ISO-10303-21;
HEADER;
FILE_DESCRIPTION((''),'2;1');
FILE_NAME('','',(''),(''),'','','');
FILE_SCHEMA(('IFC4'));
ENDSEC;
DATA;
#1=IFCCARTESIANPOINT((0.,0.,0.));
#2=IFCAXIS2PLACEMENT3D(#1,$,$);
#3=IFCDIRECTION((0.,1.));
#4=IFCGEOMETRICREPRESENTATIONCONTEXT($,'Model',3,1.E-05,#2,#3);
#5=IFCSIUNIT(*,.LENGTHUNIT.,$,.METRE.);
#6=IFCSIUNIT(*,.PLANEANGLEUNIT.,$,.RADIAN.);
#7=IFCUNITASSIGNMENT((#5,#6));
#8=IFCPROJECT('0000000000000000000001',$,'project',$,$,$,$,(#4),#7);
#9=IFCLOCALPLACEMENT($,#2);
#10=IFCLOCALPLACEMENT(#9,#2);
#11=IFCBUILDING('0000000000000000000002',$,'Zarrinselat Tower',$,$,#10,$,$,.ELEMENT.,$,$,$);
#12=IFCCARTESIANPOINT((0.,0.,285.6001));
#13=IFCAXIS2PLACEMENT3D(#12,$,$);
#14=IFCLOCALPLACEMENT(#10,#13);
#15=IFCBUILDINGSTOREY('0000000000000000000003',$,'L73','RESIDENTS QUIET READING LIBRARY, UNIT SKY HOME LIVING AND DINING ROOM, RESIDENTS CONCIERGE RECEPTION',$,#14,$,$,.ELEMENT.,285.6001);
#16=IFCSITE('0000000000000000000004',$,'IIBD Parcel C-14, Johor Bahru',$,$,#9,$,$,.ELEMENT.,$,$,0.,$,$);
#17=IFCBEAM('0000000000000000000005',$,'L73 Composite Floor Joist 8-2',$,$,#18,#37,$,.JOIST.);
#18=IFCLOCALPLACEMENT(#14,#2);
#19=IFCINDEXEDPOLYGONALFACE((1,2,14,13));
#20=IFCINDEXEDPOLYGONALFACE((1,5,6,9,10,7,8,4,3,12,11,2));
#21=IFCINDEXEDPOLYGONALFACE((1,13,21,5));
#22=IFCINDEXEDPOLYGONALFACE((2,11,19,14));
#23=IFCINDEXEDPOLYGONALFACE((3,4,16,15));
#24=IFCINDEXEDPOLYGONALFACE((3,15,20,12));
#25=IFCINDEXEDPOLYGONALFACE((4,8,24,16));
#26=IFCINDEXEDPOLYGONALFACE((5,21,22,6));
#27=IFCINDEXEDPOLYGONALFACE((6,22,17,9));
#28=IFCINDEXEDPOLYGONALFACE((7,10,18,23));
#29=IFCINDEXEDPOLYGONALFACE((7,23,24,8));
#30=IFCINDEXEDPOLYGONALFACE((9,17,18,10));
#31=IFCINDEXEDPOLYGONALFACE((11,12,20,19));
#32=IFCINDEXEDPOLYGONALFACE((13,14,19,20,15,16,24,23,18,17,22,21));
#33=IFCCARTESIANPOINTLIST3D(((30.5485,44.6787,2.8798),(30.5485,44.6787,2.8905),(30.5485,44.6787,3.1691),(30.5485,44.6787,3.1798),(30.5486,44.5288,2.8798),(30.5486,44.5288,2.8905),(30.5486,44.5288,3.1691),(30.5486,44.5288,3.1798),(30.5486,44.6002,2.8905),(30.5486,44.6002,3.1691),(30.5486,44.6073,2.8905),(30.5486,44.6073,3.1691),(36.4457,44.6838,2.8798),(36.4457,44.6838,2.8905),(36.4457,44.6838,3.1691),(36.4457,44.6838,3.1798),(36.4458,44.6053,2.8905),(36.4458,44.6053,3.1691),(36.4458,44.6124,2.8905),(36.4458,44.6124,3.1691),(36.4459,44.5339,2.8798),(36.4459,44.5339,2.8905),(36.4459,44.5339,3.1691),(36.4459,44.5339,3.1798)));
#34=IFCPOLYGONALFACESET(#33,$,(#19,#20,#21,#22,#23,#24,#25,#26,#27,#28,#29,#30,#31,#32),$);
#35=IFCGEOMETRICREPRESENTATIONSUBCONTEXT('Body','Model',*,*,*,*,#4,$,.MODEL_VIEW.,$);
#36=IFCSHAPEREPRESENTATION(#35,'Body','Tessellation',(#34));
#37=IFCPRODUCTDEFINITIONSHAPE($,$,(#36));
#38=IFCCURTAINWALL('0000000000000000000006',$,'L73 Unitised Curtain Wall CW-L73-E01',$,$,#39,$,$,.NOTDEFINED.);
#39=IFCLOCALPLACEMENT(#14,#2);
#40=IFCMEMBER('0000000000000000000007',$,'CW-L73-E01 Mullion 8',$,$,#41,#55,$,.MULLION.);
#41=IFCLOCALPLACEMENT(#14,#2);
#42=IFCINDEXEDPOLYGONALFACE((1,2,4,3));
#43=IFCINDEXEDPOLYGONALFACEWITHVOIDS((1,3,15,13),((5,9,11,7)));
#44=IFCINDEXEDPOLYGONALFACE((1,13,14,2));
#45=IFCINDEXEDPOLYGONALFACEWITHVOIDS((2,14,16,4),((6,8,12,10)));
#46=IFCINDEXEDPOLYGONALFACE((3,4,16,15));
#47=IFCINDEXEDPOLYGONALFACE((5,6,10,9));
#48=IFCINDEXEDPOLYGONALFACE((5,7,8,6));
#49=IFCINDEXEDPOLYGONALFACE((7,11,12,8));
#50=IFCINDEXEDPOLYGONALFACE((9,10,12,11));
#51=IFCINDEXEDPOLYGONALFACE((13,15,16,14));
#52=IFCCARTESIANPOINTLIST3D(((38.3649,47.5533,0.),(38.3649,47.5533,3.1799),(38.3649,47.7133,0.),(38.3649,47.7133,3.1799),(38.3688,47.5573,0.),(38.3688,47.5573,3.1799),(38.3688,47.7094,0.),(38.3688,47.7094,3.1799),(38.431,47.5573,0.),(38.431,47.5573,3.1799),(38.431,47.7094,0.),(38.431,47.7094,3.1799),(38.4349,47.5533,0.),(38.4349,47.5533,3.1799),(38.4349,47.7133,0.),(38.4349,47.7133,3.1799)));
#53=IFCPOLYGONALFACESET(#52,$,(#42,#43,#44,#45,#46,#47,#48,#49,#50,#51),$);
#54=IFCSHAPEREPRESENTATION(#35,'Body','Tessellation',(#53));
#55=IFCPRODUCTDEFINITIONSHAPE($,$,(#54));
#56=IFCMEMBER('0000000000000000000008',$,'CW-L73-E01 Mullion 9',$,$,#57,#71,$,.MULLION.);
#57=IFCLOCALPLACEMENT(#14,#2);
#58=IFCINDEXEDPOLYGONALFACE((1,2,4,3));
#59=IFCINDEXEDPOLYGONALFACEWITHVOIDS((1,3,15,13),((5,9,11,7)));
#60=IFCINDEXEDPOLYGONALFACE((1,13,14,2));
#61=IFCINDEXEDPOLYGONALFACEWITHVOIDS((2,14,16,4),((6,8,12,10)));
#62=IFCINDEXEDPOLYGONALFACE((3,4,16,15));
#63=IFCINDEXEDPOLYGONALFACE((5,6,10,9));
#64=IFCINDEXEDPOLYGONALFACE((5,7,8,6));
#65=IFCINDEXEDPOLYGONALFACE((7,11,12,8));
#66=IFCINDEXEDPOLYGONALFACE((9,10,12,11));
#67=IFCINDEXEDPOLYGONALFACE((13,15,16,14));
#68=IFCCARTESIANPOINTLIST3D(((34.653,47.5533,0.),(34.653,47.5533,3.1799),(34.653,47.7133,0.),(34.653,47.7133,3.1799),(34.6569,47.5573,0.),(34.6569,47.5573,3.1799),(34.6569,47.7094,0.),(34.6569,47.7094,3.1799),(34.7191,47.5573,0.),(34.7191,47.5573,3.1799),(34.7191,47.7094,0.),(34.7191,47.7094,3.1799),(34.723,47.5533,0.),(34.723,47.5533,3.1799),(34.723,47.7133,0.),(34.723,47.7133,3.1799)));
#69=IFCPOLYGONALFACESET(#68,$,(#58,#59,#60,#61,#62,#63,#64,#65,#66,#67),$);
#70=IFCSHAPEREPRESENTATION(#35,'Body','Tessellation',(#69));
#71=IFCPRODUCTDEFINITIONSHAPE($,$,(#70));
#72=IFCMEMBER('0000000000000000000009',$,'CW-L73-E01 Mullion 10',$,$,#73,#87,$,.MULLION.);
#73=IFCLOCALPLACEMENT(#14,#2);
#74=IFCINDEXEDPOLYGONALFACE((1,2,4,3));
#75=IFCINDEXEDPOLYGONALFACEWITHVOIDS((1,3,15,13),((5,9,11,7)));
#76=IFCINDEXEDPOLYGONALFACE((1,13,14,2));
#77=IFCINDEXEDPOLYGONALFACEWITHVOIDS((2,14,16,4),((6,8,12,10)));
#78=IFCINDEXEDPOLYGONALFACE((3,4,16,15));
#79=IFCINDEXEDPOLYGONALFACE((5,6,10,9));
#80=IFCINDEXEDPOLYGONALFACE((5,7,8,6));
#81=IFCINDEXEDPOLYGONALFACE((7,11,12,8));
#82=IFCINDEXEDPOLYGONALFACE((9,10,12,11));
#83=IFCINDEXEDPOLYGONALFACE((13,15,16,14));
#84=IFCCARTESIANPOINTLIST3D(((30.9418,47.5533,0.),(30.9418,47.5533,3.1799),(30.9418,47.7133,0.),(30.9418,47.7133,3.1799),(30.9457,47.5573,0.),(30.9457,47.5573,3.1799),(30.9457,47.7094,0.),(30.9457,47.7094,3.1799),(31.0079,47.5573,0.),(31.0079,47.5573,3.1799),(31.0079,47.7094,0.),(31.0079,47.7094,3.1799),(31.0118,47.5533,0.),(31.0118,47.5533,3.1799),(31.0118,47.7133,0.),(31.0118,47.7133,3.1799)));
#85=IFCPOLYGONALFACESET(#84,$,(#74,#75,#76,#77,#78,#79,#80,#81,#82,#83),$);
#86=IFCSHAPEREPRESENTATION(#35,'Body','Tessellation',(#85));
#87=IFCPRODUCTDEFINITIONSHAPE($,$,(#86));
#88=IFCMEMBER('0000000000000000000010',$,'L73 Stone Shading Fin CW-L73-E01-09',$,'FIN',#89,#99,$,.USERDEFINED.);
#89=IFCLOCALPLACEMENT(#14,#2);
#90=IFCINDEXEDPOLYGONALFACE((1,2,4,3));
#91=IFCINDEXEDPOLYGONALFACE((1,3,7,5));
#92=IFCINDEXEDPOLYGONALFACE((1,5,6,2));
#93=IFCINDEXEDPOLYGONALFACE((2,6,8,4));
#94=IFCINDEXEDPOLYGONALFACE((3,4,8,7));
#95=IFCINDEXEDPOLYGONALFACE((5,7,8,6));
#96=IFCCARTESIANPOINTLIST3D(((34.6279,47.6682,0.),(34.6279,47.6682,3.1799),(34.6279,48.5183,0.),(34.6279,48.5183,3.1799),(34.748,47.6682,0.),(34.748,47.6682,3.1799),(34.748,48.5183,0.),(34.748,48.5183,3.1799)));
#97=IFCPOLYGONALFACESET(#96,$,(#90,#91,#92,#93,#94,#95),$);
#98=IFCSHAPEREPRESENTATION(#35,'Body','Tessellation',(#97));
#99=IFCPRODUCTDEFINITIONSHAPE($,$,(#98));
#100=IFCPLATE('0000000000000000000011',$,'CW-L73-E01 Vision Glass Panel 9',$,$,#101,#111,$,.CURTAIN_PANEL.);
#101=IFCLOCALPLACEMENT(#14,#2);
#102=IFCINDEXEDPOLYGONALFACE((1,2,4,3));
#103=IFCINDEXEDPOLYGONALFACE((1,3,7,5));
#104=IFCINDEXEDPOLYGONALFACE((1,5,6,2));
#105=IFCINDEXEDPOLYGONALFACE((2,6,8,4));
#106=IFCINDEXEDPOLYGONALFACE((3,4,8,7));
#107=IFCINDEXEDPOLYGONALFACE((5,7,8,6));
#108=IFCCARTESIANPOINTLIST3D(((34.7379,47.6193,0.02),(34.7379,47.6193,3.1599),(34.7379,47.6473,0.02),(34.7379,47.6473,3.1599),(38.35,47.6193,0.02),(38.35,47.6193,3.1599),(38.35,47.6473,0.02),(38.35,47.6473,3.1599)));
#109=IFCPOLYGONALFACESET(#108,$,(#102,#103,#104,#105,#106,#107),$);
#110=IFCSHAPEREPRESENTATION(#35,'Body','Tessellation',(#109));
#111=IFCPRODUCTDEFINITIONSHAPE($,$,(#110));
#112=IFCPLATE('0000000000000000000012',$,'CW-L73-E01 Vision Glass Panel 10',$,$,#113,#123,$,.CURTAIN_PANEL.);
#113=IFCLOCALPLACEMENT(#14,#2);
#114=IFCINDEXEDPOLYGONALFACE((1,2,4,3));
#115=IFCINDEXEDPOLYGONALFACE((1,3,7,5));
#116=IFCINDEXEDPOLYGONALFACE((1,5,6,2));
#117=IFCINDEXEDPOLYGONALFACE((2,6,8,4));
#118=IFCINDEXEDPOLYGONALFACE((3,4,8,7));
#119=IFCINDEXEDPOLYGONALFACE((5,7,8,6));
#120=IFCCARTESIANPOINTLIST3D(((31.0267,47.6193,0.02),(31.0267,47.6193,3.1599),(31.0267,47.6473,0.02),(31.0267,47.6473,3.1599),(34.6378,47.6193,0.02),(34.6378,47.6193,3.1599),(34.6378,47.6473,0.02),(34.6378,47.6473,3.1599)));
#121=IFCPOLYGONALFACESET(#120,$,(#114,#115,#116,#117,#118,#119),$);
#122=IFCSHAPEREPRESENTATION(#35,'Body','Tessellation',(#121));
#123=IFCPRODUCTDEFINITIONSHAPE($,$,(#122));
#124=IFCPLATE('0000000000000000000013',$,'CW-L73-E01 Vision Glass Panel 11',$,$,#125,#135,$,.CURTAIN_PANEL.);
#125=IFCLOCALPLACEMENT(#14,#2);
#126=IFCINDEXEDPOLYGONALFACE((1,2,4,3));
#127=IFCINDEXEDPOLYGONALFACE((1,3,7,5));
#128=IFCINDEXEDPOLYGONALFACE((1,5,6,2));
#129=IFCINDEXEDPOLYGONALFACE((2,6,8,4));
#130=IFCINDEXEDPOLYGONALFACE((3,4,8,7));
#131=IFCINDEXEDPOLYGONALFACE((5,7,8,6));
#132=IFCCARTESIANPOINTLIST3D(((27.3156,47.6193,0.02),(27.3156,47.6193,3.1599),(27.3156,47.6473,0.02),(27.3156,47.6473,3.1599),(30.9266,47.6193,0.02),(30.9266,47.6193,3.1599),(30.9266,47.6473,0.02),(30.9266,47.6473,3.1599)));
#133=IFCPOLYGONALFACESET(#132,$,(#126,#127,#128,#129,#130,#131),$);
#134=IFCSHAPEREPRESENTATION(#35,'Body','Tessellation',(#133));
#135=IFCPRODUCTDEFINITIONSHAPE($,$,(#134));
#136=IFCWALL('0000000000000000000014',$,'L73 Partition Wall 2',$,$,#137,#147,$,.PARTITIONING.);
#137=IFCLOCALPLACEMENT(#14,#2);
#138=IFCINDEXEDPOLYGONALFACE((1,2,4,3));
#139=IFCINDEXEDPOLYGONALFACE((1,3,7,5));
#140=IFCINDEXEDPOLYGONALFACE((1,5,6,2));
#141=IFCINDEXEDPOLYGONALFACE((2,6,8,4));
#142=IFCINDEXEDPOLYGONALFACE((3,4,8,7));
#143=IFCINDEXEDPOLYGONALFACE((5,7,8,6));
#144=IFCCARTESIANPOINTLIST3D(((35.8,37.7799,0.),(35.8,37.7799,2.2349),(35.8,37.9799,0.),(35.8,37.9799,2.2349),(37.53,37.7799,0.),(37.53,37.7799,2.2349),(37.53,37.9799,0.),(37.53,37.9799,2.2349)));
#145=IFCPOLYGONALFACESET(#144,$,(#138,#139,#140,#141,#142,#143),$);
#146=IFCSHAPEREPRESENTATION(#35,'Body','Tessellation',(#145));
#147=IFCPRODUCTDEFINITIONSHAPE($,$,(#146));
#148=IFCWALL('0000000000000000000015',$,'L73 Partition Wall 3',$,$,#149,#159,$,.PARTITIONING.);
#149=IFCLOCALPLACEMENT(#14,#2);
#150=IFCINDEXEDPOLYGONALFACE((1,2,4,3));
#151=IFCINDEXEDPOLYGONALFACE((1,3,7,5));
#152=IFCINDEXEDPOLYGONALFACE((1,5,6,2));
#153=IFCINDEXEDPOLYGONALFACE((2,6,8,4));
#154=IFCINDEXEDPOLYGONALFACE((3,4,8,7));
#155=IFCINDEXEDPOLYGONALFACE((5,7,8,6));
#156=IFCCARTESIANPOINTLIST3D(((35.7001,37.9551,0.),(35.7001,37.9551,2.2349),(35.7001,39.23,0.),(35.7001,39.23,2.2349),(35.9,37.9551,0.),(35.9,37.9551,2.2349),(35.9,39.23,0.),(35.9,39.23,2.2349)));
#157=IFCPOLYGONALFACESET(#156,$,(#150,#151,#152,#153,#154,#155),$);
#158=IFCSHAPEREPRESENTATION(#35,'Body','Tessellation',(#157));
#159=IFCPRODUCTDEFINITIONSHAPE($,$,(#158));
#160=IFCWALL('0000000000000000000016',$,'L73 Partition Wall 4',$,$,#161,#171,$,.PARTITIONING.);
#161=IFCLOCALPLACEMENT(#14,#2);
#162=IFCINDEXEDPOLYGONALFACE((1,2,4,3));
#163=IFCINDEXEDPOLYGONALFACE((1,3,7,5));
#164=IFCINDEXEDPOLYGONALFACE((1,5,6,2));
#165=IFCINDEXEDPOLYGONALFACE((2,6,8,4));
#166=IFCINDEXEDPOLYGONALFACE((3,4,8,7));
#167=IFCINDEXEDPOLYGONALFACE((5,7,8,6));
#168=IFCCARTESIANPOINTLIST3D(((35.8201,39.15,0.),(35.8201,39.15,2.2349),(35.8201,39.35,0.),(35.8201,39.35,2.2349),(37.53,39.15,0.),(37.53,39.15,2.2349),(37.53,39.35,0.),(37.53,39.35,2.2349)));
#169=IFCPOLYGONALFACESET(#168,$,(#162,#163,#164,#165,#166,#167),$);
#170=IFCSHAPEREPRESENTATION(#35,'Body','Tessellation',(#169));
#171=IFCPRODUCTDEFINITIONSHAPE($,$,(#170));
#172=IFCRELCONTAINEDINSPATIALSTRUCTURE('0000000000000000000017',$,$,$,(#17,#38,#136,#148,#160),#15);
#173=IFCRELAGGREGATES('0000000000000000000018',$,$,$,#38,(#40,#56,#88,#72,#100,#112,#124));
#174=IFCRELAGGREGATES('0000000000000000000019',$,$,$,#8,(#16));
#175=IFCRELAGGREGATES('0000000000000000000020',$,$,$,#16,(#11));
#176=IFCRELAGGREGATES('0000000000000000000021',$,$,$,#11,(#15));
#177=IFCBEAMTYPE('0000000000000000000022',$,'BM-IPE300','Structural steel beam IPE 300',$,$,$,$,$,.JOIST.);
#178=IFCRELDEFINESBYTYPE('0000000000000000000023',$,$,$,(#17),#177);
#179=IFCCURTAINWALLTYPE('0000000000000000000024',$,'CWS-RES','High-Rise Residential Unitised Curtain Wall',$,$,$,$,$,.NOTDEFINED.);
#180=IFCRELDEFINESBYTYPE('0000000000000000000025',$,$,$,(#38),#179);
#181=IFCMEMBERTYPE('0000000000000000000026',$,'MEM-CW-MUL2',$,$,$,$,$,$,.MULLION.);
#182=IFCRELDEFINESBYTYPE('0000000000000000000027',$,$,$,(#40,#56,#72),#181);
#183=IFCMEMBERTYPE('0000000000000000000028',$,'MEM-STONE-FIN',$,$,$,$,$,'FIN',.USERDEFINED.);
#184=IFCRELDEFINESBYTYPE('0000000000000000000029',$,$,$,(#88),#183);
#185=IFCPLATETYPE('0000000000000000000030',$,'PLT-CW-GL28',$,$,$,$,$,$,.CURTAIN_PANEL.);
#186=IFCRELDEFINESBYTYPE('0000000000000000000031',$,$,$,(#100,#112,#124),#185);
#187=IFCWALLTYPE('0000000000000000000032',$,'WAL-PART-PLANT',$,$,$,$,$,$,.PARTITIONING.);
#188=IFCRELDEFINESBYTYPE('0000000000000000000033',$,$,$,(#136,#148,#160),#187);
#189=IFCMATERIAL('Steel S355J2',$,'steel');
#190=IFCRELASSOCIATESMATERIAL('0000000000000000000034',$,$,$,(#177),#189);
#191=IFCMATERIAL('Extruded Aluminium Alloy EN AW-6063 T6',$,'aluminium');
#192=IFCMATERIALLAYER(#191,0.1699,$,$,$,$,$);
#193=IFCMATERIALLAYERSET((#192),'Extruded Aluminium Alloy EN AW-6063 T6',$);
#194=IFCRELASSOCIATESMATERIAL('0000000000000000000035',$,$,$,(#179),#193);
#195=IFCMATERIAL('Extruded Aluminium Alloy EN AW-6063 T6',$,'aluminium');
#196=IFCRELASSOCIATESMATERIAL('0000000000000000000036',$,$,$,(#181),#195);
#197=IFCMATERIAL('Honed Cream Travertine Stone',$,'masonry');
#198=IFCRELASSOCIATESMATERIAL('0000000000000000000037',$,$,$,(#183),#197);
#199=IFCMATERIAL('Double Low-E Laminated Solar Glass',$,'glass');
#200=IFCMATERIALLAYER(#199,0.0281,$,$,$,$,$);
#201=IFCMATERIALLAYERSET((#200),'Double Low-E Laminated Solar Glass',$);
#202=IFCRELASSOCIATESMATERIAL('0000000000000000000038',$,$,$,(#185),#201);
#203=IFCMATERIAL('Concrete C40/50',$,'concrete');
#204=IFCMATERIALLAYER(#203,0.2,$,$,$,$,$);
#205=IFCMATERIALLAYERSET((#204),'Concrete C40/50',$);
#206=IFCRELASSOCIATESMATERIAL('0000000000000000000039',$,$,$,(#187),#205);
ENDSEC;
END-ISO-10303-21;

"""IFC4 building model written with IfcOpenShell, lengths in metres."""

from ifc_helpers import new_model, si_unit, direction, frame, frame_2d, origin, origin_2d, place, context, subcontext, project, spatial, rectangle, hollow_rectangle, i_section, extrude, material, layer, layer_set, material_profile, profile_set, type_object, element, aggregate, save


model = new_model("IFC4")

# Units and contexts
model_context = context("Model", 3, precision=1e-05, world=origin(), true_north=direction((0.0, 1.0)))
body_context = subcontext(model_context, "Body", "Model", "MODEL_VIEW")
ifc_project = project(units=[si_unit("LENGTHUNIT", "METRE"), si_unit("PLANEANGLEUNIT", "RADIAN")], contexts=[model_context])

# Site, building, storey
site_placement = place(None, origin())
site = spatial("IfcSite", under=ifc_project, at=site_placement, Name="IIBD Parcel C-14, Johor Bahru", CompositionType="ELEMENT", RefElevation=0.0)
building_placement = place(site_placement, origin())
building = spatial("IfcBuilding", under=site, at=building_placement, Name="Zarrinselat Tower", CompositionType="ELEMENT")
storey_placement = place(building_placement, frame((0.0, 0.0, 285.6001)))
storey = spatial("IfcBuildingStorey", under=building, at=storey_placement, Name="L73", Description="RESIDENTS QUIET READING LIBRARY, UNIT SKY HOME LIVING AND DINING ROOM, RESIDENTS CONCIERGE RECEPTION", CompositionType="ELEMENT", Elevation=285.6001)

# Beam
ifc_material_1 = material(Name="Steel S355J2", Category="steel")
ifc_material_profile_1 = material_profile(ifc_material_1, i_section(OverallWidth=0.1499, OverallDepth=0.3, WebThickness=0.0071, FlangeThickness=0.0107, at=origin_2d()), Name="IPE 300")
ifc_profile_set_1 = profile_set([ifc_material_profile_1], Name="Steel S355J2")
beam_type_1 = type_object("IfcBeamType", Name="BM-IPE300", Description="Structural steel beam IPE 300", PredefinedType="JOIST", material=ifc_profile_set_1)
beam_1_placement = place(storey_placement, frame((30.5486, 44.6038, 3.0298), z_axis=(1.0, 0.000869, 0.0), x_axis=(-0.000869, 1.0, 0.0)))
element("IfcBeam", 1, at=beam_1_placement, inside=storey, type_object=beam_type_1, Name="L73 Composite Floor Joist 8-2", PredefinedType="JOIST", context=body_context, shape_type="SweptSolid", body=[
    extrude(i_section(OverallWidth=0.1499, OverallDepth=0.3, WebThickness=0.0071, FlangeThickness=0.0107, at=origin_2d()), origin(), (0.0, 0.0, 1.0), 5.8972),
])

# Curtain wall, members, plates
ifc_material_2 = material(Name="Extruded Aluminium Alloy EN AW-6063 T6", Category="aluminium")
ifc_layer_1 = layer(ifc_material_2, 0.1699)
ifc_layer_set_1 = layer_set([ifc_layer_1], Name="Extruded Aluminium Alloy EN AW-6063 T6")
curtain_wall_type = type_object("IfcCurtainWallType", Name="CWS-RES", Description="High-Rise Residential Unitised Curtain Wall", PredefinedType="NOTDEFINED", material=ifc_layer_set_1)
curtain_wall_placement = place(storey_placement, origin())
curtain_wall = element("IfcCurtainWall", 2, at=curtain_wall_placement, inside=storey, type_object=curtain_wall_type, Name="L73 Unitised Curtain Wall CW-L73-E01", PredefinedType="NOTDEFINED")
ifc_material_3 = material(Name="Extruded Aluminium Alloy EN AW-6063 T6", Category="aluminium")
ifc_material_profile_2 = material_profile(ifc_material_3, hollow_rectangle(XDim=0.0701, YDim=0.1599, WallThickness=0.0039, at=origin_2d()), Name="RHS 160x70x4")
ifc_profile_set_2 = profile_set([ifc_material_profile_2], Name="Extruded Aluminium Alloy EN AW-6063 T6")
member_type_1 = type_object("IfcMemberType", Name="MEM-CW-MUL2", PredefinedType="MULLION", material=ifc_profile_set_2)
member_1_placement = place(storey_placement, frame((38.3999, 47.6333, 0.0), z_axis=(0.0, 0.0, 1.0), x_axis=(-1.0, 0.0, 0.0)))
member_1 = element("IfcMember", 3, at=member_1_placement, type_object=member_type_1, Name="CW-L73-E01 Mullion 8", PredefinedType="MULLION", context=body_context, shape_type="SweptSolid", body=[
    extrude(hollow_rectangle(XDim=0.0701, YDim=0.1599, WallThickness=0.0039, at=origin_2d()), origin(), (0.0, 0.0, 1.0), 3.1799),
])
member_2_placement = place(storey_placement, frame((34.688, 47.6333, 0.0), z_axis=(0.0, 0.0, 1.0), x_axis=(-1.0, 0.0, 0.0)))
member_2 = element("IfcMember", 4, at=member_2_placement, type_object=member_type_1, Name="CW-L73-E01 Mullion 9", PredefinedType="MULLION", context=body_context, shape_type="SweptSolid", body=[
    extrude(hollow_rectangle(XDim=0.0701, YDim=0.1599, WallThickness=0.0039, at=origin_2d()), origin(), (0.0, 0.0, 1.0), 3.1799),
])
member_3_placement = place(storey_placement, frame((30.9768, 47.6333, 0.0), z_axis=(0.0, 0.0, 1.0), x_axis=(-1.0, 0.0, 0.0)))
member_3 = element("IfcMember", 5, at=member_3_placement, type_object=member_type_1, Name="CW-L73-E01 Mullion 10", PredefinedType="MULLION", context=body_context, shape_type="SweptSolid", body=[
    extrude(hollow_rectangle(XDim=0.0701, YDim=0.1599, WallThickness=0.0039, at=origin_2d()), origin(), (0.0, 0.0, 1.0), 3.1799),
])
ifc_material_4 = material(Name="Honed Cream Travertine Stone", Category="masonry")
ifc_material_profile_3 = material_profile(ifc_material_4, rectangle(XDim=0.1201, YDim=0.8501, at=origin_2d()), Name="FIN 850x120")
ifc_profile_set_3 = profile_set([ifc_material_profile_3], Name="Honed Cream Travertine Stone")
member_type_2 = type_object("IfcMemberType", Name="MEM-STONE-FIN", ElementType="FIN", PredefinedType="USERDEFINED", material=ifc_profile_set_3)
member_4_placement = place(storey_placement, frame((34.688, 48.0933, 0.0), z_axis=(0.0, 0.0, 1.0), x_axis=(1.0, 0.0, 0.0)))
member_4 = element("IfcMember", 6, at=member_4_placement, type_object=member_type_2, Name="L73 Stone Shading Fin CW-L73-E01-09", ObjectType="FIN", PredefinedType="USERDEFINED", context=body_context, shape_type="SweptSolid", body=[
    extrude(rectangle(XDim=0.1201, YDim=0.8501, at=origin_2d()), origin(), (0.0, 0.0, 1.0), 3.1799),
])
ifc_material_5 = material(Name="Double Low-E Laminated Solar Glass", Category="glass")
ifc_layer_2 = layer(ifc_material_5, 0.0281)
ifc_layer_set_2 = layer_set([ifc_layer_2], Name="Double Low-E Laminated Solar Glass")
plate_type = type_object("IfcPlateType", Name="PLT-CW-GL28", PredefinedType="CURTAIN_PANEL", material=ifc_layer_set_2)
plate_1_placement = place(storey_placement, frame((36.5439, 47.6333, 0.02), z_axis=(0.0, 0.0, 1.0), x_axis=(-1.0, 0.0, 0.0)))
plate_1 = element("IfcPlate", 7, at=plate_1_placement, type_object=plate_type, Name="CW-L73-E01 Vision Glass Panel 9", PredefinedType="CURTAIN_PANEL", context=body_context, shape_type="SweptSolid", body=[
    extrude(rectangle(XDim=3.6121, YDim=0.0281, at=origin_2d()), origin(), (0.0, 0.0, 1.0), 3.1399),
])
plate_2_placement = place(storey_placement, frame((32.8323, 47.6333, 0.02), z_axis=(0.0, 0.0, 1.0), x_axis=(-1.0, 0.0, 0.0)))
plate_2 = element("IfcPlate", 8, at=plate_2_placement, type_object=plate_type, Name="CW-L73-E01 Vision Glass Panel 10", PredefinedType="CURTAIN_PANEL", context=body_context, shape_type="SweptSolid", body=[
    extrude(rectangle(XDim=3.6111, YDim=0.0281, at=origin_2d()), origin(), (0.0, 0.0, 1.0), 3.1399),
])
plate_3_placement = place(storey_placement, frame((29.1211, 47.6333, 0.02), z_axis=(0.0, 0.0, 1.0), x_axis=(-1.0, 0.0, 0.0)))
plate_3 = element("IfcPlate", 9, at=plate_3_placement, type_object=plate_type, Name="CW-L73-E01 Vision Glass Panel 11", PredefinedType="CURTAIN_PANEL", context=body_context, shape_type="SweptSolid", body=[
    extrude(rectangle(XDim=3.6111, YDim=0.0281, at=origin_2d()), origin(), (0.0, 0.0, 1.0), 3.1399),
])
aggregate(curtain_wall, [member_1, member_2, member_4, member_3, plate_1, plate_2, plate_3])

# Walls
ifc_material_6 = material(Name="Concrete C40/50", Category="concrete")
ifc_layer_3 = layer(ifc_material_6, 0.2)
ifc_layer_set_3 = layer_set([ifc_layer_3], Name="Concrete C40/50")
wall_type_1 = type_object("IfcWallType", Name="WAL-PART-PLANT", PredefinedType="PARTITIONING", material=ifc_layer_set_3)
wall_1_placement = place(storey_placement, frame((35.8, 37.8799, 0.0), z_axis=(0.0, 0.0, 1.0), x_axis=(1.0, 0.0, 0.0)))
element("IfcWall", 10, at=wall_1_placement, inside=storey, type_object=wall_type_1, Name="L73 Partition Wall 2", PredefinedType="PARTITIONING", context=body_context, shape_type="SweptSolid", body=[
    extrude(rectangle(XDim=1.73, YDim=0.2, at=frame_2d((0.865, 0.0))), origin(), (0.0, 0.0, 1.0), 2.2349),
])
wall_2_placement = place(storey_placement, frame((35.8, 37.9551, 0.0), z_axis=(0.0, 0.0, 1.0), x_axis=(0.0, 1.0, 0.0)))
element("IfcWall", 11, at=wall_2_placement, inside=storey, type_object=wall_type_1, Name="L73 Partition Wall 3", PredefinedType="PARTITIONING", context=body_context, shape_type="SweptSolid", body=[
    extrude(rectangle(XDim=1.2749, YDim=0.2, at=frame_2d((0.6375, 0.0))), origin(), (0.0, 0.0, 1.0), 2.2349),
])
wall_3_placement = place(storey_placement, frame((35.8201, 39.25, 0.0), z_axis=(0.0, 0.0, 1.0), x_axis=(1.0, 0.0, 0.0)))
element("IfcWall", 12, at=wall_3_placement, inside=storey, type_object=wall_type_1, Name="L73 Partition Wall 4", PredefinedType="PARTITIONING", context=body_context, shape_type="SweptSolid", body=[
    extrude(rectangle(XDim=1.71, YDim=0.2, at=frame_2d((0.855, 0.0))), origin(), (0.0, 0.0, 1.0), 2.2349),
])

save(model, "model.ifc")
